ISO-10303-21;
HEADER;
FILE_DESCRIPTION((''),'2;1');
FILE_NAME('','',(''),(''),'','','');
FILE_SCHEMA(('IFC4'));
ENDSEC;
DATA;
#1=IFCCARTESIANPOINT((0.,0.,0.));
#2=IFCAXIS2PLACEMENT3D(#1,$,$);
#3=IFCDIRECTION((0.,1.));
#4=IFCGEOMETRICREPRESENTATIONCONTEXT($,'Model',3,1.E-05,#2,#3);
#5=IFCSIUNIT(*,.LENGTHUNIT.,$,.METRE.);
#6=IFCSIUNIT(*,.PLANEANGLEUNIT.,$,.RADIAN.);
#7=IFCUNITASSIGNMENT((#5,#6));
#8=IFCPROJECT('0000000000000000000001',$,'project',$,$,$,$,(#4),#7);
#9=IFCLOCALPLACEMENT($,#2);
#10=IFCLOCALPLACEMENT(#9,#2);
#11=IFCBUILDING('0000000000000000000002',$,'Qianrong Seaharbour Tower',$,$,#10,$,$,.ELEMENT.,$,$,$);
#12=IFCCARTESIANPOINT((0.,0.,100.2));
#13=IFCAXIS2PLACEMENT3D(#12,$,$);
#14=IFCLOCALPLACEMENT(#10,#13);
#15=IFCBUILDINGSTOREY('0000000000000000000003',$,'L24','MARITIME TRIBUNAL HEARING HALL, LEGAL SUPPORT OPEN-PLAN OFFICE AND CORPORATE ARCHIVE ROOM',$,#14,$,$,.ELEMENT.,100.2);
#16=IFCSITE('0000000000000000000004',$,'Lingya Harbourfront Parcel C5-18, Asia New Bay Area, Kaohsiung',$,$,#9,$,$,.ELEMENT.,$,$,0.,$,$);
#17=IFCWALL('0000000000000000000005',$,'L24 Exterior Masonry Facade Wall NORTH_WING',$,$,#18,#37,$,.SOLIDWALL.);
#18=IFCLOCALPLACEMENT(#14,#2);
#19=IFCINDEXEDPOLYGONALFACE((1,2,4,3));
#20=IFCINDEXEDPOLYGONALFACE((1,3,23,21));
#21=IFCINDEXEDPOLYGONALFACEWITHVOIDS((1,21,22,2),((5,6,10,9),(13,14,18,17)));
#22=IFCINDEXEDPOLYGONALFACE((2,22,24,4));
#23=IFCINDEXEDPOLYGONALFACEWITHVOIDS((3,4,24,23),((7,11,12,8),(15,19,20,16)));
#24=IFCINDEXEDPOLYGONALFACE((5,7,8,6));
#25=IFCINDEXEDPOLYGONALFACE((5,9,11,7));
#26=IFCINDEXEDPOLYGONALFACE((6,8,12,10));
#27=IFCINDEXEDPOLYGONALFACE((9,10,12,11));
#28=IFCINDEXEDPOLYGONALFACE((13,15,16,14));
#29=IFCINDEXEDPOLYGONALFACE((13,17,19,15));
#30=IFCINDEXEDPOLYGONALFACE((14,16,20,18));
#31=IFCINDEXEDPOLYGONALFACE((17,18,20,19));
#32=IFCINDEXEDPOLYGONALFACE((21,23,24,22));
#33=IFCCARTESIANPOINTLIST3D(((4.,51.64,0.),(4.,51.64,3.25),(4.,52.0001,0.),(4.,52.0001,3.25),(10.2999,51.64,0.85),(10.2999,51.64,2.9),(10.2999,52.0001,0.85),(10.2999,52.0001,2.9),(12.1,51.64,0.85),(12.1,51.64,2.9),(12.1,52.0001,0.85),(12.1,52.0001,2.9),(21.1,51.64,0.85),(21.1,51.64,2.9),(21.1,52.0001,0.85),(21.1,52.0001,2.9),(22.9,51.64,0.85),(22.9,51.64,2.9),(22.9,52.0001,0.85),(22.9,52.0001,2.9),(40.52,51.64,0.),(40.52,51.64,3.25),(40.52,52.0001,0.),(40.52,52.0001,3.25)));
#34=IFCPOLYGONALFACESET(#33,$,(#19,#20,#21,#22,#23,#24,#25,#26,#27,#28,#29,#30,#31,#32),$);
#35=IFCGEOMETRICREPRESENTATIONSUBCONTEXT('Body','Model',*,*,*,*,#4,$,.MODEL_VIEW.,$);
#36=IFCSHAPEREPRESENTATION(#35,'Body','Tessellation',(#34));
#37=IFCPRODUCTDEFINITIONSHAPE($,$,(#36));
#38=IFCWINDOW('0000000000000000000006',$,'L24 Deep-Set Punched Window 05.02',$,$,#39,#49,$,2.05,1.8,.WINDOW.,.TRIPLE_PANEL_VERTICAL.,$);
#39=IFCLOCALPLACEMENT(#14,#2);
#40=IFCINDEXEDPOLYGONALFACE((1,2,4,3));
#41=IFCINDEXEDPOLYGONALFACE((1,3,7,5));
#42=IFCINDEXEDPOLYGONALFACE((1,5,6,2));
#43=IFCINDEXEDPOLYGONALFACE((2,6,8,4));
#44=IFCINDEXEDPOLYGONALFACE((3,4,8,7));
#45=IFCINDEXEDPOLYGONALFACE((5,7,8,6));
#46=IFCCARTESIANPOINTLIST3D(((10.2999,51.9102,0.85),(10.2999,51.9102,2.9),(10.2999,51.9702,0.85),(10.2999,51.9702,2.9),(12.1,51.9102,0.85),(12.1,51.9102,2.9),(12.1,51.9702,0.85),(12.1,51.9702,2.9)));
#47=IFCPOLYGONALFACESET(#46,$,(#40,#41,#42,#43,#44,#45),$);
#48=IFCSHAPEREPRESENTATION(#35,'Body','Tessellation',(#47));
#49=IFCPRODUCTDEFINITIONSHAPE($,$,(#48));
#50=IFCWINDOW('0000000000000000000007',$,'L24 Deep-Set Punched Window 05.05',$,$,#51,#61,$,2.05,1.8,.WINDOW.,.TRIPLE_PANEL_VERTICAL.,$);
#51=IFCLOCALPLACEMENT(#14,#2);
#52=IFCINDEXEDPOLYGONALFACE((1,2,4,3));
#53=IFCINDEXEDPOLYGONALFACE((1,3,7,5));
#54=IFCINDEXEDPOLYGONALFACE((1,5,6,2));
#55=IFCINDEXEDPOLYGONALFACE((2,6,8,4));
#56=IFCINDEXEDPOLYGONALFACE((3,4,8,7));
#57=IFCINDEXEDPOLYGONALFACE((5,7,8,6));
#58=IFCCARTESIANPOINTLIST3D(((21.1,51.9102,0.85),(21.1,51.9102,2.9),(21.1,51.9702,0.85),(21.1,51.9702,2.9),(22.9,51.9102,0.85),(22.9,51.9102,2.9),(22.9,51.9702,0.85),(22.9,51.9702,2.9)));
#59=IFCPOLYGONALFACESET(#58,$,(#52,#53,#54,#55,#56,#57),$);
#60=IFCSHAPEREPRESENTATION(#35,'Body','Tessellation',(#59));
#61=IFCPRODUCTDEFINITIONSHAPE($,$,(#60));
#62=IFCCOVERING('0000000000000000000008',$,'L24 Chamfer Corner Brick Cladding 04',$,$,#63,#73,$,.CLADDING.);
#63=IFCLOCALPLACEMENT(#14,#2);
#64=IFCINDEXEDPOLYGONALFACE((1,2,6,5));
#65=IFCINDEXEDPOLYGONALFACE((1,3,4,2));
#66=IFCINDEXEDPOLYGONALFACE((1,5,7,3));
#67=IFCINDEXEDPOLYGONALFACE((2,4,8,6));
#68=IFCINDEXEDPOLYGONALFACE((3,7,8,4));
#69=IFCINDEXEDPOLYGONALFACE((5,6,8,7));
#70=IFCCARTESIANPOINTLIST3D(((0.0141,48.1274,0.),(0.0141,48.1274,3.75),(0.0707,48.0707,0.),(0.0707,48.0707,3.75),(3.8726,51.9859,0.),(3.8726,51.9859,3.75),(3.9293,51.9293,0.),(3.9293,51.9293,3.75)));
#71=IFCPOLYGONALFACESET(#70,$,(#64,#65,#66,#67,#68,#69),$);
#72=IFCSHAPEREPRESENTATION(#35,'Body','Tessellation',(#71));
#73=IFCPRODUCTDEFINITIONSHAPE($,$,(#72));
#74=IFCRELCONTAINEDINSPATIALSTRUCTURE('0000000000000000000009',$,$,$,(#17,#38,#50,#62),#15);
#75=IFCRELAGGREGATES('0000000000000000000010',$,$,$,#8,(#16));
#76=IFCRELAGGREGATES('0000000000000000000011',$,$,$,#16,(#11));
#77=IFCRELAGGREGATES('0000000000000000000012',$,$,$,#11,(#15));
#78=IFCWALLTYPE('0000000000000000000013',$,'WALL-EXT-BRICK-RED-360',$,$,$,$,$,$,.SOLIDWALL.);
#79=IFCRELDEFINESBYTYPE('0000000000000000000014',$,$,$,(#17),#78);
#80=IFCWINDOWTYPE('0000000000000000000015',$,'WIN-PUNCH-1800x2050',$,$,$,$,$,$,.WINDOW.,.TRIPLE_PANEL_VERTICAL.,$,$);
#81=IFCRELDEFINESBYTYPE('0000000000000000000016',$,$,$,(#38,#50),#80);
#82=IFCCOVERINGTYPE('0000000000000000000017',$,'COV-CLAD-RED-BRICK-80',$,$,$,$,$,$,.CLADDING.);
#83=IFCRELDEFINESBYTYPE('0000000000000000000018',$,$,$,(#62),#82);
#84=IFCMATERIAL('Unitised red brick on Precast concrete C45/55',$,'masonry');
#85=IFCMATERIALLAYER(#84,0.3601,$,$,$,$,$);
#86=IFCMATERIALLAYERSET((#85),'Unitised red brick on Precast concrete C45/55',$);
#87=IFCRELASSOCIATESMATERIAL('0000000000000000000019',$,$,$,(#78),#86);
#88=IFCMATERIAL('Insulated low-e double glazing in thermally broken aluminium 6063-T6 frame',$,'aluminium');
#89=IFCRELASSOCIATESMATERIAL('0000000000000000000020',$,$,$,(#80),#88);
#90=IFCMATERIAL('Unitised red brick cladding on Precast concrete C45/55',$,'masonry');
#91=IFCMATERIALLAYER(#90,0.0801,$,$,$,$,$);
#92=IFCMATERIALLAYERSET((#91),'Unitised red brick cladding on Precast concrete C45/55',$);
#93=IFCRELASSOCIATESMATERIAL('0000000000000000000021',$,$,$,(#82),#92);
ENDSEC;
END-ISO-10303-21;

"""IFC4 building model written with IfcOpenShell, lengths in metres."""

from ifc_helpers import new_model, si_unit, direction, frame, frame_2d, origin, origin_2d, place, context, subcontext, project, spatial, rectangle, extrude, material, layer, layer_set, type_object, element, fill, save


model = new_model("IFC4")

# Units and contexts
model_context = context("Model", 3, precision=1e-05, world=origin(), true_north=direction((0.0, 1.0)))
body_context = subcontext(model_context, "Body", "Model", "MODEL_VIEW")
ifc_project = project(units=[si_unit("LENGTHUNIT", "METRE"), si_unit("PLANEANGLEUNIT", "RADIAN")], contexts=[model_context])

# Site, building, storey
site_placement = place(None, origin())
site = spatial("IfcSite", under=ifc_project, at=site_placement, Name="Lingya Harbourfront Parcel C5-18, Asia New Bay Area, Kaohsiung", CompositionType="ELEMENT", RefElevation=0.0)
building_placement = place(site_placement, origin())
building = spatial("IfcBuilding", under=site, at=building_placement, Name="Qianrong Seaharbour Tower", CompositionType="ELEMENT")
storey_placement = place(building_placement, frame((0.0, 0.0, 100.2)))
storey = spatial("IfcBuildingStorey", under=building, at=storey_placement, Name="L24", Description="MARITIME TRIBUNAL HEARING HALL, LEGAL SUPPORT OPEN-PLAN OFFICE AND CORPORATE ARCHIVE ROOM", CompositionType="ELEMENT", Elevation=100.2)

# Shared definitions
ifc_material_1 = material(Name="Unitised red brick on Precast concrete C45/55", Category="masonry")
ifc_layer_1 = layer(ifc_material_1, 0.3601)
ifc_layer_set_1 = layer_set([ifc_layer_1], Name="Unitised red brick on Precast concrete C45/55")
wall_type_1 = type_object("IfcWallType", Name="WALL-EXT-BRICK-RED-360", PredefinedType="SOLIDWALL", material=ifc_layer_set_1)

# Wall, openings, windows
wall_1_placement = place(storey_placement, frame((4.0, 51.8201, 0.0), z_axis=(0.0, 0.0, 1.0), x_axis=(1.0, 0.0, 0.0)))
wall_1 = element("IfcWall", 1, at=wall_1_placement, inside=storey, type_object=wall_type_1, Name="L24 Exterior Masonry Facade Wall NORTH_WING", PredefinedType="SOLIDWALL", context=body_context, shape_type="SweptSolid", body=[
    extrude(rectangle(XDim=36.52, YDim=0.3601, at=frame_2d((18.26, 0.0))), origin(), (0.0, 0.0, 1.0), 3.25),
])
opening_1_placement = place(wall_1_placement, frame((6.3, 0.0, 0.8501)))
opening_1 = element("IfcOpeningElement", 2, at=opening_1_placement, cuts=wall_1, PredefinedType="OPENING", context=body_context, shape_type="SweptSolid", body=[
    extrude(rectangle(XDim=1.8, YDim=2.05, at=frame_2d((0.8999, 1.0249))), frame((0.0, 0.1899, 0.0), z_axis=(0.0, -1.0, 0.0), x_axis=(1.0, 0.0, 0.0)), (0.0, 0.0, 1.0), 0.3801),
])
opening_2_placement = place(wall_1_placement, frame((17.1001, 0.0, 0.8501)))
opening_2 = element("IfcOpeningElement", 3, at=opening_2_placement, cuts=wall_1, PredefinedType="OPENING", context=body_context, shape_type="SweptSolid", body=[
    extrude(rectangle(XDim=1.8, YDim=2.05, at=frame_2d((0.8999, 1.0249))), frame((0.0, 0.1899, 0.0), z_axis=(0.0, -1.0, 0.0), x_axis=(1.0, 0.0, 0.0)), (0.0, 0.0, 1.0), 0.3801),
])
ifc_material_2 = material(Name="Insulated low-e double glazing in thermally broken aluminium 6063-T6 frame", Category="aluminium")
window_type = type_object("IfcWindowType", Name="WIN-PUNCH-1800x2050", PartitioningType="TRIPLE_PANEL_VERTICAL", PredefinedType="WINDOW", material=ifc_material_2)
window_1_placement = place(opening_1_placement, origin())
window_1 = element("IfcWindow", 4, at=window_1_placement, inside=storey, type_object=window_type, Name="L24 Deep-Set Punched Window 05.02", OverallHeight=2.05, OverallWidth=1.8, PartitioningType="TRIPLE_PANEL_VERTICAL", PredefinedType="WINDOW", context=body_context, shape_type="SweptSolid", body=[
    extrude(rectangle(XDim=1.8, YDim=2.05, at=frame_2d((0.8999, 1.0249))), frame((0.0, 0.1501, 0.0), z_axis=(0.0, -1.0, 0.0), x_axis=(1.0, 0.0, 0.0)), (0.0, 0.0, 1.0), 0.0601),
])
fill(opening_1, window_1)
window_2_placement = place(opening_2_placement, origin())
window_2 = element("IfcWindow", 5, at=window_2_placement, inside=storey, type_object=window_type, Name="L24 Deep-Set Punched Window 05.05", OverallHeight=2.05, OverallWidth=1.8, PartitioningType="TRIPLE_PANEL_VERTICAL", PredefinedType="WINDOW", context=body_context, shape_type="SweptSolid", body=[
    extrude(rectangle(XDim=1.8, YDim=2.05, at=frame_2d((0.8999, 1.0249))), frame((0.0, 0.1501, 0.0), z_axis=(0.0, -1.0, 0.0), x_axis=(1.0, 0.0, 0.0)), (0.0, 0.0, 1.0), 0.0601),
])
fill(opening_2, window_2)

# Covering
ifc_material_3 = material(Name="Unitised red brick cladding on Precast concrete C45/55", Category="masonry")
ifc_layer_2 = layer(ifc_material_3, 0.0801)
ifc_layer_set_2 = layer_set([ifc_layer_2], Name="Unitised red brick cladding on Precast concrete C45/55")
covering_type = type_object("IfcCoveringType", Name="COV-CLAD-RED-BRICK-80", PredefinedType="CLADDING", material=ifc_layer_set_2)
covering_placement = place(storey_placement, frame((1.9717, 50.0283, 0.0), z_axis=(0.0, 0.0, 1.0), x_axis=(0.707107, 0.707107, 0.0)))
element("IfcCovering", 6, at=covering_placement, inside=storey, type_object=covering_type, Name="L24 Chamfer Corner Brick Cladding 04", PredefinedType="CLADDING", context=body_context, shape_type="SweptSolid", body=[
    extrude(rectangle(XDim=5.4568, YDim=0.0801, at=origin_2d()), origin(), (0.0, 0.0, 1.0), 3.75),
])

save(model, "model.ifc")
